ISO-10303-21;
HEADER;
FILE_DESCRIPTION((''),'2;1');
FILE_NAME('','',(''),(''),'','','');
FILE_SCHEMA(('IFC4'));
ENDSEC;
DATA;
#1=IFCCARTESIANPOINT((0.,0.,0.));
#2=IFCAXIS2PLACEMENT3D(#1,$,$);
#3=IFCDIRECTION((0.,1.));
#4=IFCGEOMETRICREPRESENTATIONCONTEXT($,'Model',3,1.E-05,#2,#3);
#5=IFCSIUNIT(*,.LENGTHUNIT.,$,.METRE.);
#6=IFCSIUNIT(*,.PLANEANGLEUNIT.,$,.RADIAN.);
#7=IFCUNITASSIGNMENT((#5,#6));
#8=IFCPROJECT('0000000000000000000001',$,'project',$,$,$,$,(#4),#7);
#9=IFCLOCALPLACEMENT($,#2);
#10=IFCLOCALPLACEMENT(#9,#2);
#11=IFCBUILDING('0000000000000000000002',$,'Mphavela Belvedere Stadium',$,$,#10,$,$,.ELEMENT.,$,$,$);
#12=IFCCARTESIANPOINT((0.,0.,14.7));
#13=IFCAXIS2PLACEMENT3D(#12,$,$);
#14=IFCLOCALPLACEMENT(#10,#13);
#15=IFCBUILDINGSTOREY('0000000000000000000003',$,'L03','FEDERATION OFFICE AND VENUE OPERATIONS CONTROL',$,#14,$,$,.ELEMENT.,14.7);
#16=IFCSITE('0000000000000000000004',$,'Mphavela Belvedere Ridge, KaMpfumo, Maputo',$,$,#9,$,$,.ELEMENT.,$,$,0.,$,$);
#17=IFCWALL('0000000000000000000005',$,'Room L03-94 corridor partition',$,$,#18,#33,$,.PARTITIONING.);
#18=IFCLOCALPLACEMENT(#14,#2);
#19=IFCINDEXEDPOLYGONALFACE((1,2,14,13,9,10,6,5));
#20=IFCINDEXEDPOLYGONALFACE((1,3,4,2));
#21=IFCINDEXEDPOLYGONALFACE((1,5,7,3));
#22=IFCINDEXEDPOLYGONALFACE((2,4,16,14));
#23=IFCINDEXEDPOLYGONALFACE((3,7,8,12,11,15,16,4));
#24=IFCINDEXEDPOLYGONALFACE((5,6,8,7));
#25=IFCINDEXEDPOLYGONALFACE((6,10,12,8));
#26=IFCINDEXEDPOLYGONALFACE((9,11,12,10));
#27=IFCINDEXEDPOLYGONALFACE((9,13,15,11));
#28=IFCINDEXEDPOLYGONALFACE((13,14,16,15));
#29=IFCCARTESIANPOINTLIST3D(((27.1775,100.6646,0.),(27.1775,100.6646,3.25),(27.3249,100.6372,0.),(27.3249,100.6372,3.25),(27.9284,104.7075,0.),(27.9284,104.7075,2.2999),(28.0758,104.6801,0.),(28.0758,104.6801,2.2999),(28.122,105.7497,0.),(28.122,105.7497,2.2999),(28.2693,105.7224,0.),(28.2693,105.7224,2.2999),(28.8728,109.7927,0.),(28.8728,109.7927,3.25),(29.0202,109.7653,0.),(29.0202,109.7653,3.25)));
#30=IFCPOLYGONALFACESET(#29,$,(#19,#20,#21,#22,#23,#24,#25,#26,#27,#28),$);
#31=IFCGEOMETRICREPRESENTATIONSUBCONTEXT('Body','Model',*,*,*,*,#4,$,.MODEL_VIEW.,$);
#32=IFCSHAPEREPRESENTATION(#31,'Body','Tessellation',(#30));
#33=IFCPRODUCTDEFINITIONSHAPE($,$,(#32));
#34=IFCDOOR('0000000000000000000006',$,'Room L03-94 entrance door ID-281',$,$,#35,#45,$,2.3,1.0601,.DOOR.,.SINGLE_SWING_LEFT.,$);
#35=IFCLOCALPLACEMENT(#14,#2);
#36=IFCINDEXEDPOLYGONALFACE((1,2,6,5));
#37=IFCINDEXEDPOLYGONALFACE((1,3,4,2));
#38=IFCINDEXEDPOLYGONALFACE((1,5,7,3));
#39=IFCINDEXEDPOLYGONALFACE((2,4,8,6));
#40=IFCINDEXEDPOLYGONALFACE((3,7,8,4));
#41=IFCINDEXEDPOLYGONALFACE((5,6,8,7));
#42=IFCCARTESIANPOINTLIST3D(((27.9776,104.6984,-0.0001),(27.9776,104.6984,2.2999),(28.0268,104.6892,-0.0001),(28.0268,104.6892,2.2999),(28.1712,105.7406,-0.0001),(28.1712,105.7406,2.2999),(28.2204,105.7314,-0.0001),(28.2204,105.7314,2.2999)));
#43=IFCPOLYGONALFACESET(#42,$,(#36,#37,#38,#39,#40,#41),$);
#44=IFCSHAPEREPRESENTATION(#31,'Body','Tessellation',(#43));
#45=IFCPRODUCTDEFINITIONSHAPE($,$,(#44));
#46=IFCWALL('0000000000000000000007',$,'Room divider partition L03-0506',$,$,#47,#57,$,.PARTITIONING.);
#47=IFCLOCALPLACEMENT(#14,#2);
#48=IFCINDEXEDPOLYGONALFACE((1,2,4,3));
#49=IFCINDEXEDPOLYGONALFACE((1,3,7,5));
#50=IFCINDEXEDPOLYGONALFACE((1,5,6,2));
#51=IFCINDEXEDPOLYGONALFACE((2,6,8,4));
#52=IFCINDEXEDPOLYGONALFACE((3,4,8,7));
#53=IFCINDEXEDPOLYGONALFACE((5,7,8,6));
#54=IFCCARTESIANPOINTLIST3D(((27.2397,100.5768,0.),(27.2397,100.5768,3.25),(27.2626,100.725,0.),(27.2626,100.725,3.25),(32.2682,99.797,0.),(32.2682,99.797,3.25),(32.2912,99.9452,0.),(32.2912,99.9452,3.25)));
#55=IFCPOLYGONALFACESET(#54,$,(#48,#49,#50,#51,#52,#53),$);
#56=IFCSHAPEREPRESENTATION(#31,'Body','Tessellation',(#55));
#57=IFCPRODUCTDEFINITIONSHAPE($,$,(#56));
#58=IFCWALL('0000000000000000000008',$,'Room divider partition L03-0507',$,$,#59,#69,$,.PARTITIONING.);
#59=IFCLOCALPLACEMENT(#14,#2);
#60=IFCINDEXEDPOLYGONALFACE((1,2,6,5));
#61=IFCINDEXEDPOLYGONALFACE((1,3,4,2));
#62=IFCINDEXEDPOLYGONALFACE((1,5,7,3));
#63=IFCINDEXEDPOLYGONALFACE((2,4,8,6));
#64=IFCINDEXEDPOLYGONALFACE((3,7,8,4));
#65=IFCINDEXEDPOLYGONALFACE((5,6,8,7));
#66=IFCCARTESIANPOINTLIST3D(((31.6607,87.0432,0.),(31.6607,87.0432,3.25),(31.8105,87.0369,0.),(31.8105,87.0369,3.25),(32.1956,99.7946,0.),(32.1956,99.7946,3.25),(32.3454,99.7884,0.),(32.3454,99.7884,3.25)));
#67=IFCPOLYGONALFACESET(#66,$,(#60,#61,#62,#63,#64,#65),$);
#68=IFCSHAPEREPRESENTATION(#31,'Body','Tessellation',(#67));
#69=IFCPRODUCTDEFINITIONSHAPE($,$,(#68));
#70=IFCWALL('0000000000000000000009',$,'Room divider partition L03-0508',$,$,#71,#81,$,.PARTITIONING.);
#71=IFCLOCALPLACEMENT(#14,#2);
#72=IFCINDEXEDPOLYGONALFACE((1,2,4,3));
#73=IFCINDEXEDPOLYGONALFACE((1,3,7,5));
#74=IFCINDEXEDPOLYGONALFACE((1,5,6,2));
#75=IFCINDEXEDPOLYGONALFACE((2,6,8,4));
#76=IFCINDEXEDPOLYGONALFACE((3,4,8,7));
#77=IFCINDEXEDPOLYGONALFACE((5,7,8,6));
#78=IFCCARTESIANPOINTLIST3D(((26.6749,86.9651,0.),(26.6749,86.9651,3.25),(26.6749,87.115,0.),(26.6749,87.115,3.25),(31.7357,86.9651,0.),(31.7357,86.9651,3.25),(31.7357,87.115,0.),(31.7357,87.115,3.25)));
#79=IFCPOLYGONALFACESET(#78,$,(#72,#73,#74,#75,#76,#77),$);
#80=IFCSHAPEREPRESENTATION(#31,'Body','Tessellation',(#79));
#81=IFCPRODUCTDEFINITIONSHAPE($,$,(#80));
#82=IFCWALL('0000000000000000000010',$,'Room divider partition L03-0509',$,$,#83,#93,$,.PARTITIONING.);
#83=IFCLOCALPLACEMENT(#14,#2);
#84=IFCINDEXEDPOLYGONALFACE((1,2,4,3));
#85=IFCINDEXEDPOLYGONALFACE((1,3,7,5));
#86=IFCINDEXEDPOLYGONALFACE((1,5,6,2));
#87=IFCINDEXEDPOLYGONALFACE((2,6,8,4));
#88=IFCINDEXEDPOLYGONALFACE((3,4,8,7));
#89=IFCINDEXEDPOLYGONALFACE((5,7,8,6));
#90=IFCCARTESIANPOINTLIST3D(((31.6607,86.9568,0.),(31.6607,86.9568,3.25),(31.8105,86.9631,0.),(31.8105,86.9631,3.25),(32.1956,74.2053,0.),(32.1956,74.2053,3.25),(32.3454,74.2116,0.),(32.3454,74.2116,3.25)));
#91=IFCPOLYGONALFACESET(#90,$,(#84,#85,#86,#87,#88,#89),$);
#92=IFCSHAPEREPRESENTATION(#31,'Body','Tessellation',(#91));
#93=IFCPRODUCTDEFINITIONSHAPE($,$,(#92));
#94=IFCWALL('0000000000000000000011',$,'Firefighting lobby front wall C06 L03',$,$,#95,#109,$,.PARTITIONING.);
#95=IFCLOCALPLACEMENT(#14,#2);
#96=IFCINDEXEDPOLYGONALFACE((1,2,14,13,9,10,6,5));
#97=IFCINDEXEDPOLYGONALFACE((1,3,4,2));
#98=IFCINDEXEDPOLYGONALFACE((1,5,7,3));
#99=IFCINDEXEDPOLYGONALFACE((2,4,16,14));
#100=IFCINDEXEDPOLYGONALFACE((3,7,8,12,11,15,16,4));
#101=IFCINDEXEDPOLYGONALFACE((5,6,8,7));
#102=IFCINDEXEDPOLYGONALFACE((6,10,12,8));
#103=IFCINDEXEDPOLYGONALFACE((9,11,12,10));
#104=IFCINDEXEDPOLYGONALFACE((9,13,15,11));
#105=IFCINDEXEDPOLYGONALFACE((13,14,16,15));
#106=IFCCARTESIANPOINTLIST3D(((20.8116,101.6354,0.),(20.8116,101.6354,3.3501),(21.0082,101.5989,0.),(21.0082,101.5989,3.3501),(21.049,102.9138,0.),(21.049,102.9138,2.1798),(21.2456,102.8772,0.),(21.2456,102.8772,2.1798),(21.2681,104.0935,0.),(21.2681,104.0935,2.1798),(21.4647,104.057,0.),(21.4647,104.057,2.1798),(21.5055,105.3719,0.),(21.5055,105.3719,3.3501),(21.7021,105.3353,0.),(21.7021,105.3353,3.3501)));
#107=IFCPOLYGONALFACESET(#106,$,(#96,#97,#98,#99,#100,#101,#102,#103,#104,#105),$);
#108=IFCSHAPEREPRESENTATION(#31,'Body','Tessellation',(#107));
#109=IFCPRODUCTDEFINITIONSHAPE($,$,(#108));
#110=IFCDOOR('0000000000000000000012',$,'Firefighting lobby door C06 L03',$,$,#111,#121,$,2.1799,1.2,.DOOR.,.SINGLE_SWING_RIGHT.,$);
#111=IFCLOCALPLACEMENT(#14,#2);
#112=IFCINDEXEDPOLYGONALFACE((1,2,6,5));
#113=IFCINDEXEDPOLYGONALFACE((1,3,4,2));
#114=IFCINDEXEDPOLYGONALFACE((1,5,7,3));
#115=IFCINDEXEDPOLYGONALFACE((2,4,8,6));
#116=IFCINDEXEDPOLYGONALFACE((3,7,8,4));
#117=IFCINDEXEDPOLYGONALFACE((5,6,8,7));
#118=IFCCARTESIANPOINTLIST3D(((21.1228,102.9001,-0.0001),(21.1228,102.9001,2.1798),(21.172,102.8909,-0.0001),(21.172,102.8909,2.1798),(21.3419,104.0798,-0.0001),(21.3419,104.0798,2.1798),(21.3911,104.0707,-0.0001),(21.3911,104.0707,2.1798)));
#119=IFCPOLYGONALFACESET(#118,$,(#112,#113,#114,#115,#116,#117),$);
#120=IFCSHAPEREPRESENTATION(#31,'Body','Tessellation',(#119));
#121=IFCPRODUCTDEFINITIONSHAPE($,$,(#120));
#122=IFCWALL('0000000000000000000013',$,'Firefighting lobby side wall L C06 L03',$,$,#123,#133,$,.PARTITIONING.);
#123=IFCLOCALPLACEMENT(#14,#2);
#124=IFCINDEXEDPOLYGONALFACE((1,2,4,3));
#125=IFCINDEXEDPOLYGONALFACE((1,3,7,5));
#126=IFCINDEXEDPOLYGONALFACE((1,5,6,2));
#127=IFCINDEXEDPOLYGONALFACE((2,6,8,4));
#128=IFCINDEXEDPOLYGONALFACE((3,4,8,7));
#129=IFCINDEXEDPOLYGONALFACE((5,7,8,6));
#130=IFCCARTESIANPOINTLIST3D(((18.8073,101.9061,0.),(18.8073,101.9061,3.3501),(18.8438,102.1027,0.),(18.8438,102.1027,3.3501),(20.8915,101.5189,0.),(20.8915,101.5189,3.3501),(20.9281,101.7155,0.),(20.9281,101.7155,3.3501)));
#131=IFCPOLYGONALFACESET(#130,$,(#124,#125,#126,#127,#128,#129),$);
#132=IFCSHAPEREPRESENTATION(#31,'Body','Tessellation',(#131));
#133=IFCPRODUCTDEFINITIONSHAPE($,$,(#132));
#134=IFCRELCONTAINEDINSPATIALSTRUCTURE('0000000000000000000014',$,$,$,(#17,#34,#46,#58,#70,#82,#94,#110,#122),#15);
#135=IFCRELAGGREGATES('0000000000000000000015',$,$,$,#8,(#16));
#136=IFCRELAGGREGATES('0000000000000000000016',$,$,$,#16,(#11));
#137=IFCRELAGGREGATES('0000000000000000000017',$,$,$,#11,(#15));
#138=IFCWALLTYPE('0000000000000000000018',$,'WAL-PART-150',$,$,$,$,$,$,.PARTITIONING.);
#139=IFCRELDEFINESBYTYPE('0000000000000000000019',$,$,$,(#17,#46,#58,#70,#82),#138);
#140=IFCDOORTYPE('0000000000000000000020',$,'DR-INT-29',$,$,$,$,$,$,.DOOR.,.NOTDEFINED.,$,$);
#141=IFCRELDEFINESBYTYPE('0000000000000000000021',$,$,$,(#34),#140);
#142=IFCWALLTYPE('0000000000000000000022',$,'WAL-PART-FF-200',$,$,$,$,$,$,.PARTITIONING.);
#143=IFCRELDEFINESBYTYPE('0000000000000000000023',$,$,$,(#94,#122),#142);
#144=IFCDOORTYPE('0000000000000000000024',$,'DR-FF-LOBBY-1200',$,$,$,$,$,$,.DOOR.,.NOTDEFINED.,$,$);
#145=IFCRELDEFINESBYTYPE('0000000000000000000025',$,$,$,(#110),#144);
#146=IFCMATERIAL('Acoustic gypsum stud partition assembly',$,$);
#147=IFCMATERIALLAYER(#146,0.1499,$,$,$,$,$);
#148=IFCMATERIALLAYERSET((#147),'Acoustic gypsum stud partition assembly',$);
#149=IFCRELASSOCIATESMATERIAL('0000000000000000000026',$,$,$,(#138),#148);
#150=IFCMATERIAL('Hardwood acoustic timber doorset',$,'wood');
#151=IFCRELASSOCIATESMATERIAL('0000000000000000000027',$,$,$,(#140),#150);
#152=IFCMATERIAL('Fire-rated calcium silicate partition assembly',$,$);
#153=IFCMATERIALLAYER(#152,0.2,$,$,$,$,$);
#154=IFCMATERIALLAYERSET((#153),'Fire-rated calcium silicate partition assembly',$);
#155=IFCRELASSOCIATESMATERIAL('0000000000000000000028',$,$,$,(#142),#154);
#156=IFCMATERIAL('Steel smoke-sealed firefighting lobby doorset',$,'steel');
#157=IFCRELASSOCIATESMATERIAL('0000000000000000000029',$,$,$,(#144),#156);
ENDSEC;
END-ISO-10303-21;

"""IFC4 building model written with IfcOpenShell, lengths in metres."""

from ifc_helpers import new_model, si_unit, direction, frame, frame_2d, origin, place, context, subcontext, project, spatial, rectangle, extrude, material, layer, layer_set, type_object, element, fill, save


model = new_model("IFC4")

# Units and contexts
model_context = context("Model", 3, precision=1e-05, world=origin(), true_north=direction((0.0, 1.0)))
body_context = subcontext(model_context, "Body", "Model", "MODEL_VIEW")
ifc_project = project(units=[si_unit("LENGTHUNIT", "METRE"), si_unit("PLANEANGLEUNIT", "RADIAN")], contexts=[model_context])

# Site, building, storey
site_placement = place(None, origin())
site = spatial("IfcSite", under=ifc_project, at=site_placement, Name="Mphavela Belvedere Ridge, KaMpfumo, Maputo", CompositionType="ELEMENT", RefElevation=0.0)
building_placement = place(site_placement, origin())
building = spatial("IfcBuilding", under=site, at=building_placement, Name="Mphavela Belvedere Stadium", CompositionType="ELEMENT")
storey_placement = place(building_placement, frame((0.0, 0.0, 14.7)))
storey = spatial("IfcBuildingStorey", under=building, at=storey_placement, Name="L03", Description="FEDERATION OFFICE AND VENUE OPERATIONS CONTROL", CompositionType="ELEMENT", Elevation=14.7)

# Wall, opening, door
ifc_material_1 = material(Name="Acoustic gypsum stud partition assembly")
ifc_layer_1 = layer(ifc_material_1, 0.1499)
ifc_layer_set_1 = layer_set([ifc_layer_1], Name="Acoustic gypsum stud partition assembly")
wall_type_1 = type_object("IfcWallType", Name="WAL-PART-150", PredefinedType="PARTITIONING", material=ifc_layer_set_1)
wall_1_placement = place(storey_placement, frame((27.2512, 100.6509, 0.0), z_axis=(0.0, 0.0, 1.0), x_axis=(0.182601, 0.983187, 0.0)))
wall_1 = element("IfcWall", 1, at=wall_1_placement, inside=storey, type_object=wall_type_1, Name="Room L03-94 corridor partition", PredefinedType="PARTITIONING", context=body_context, shape_type="SweptSolid", body=[
    extrude(rectangle(XDim=9.2842, YDim=0.1499, at=frame_2d((4.6421, 0.0))), origin(), (0.0, 0.0, 1.0), 3.25),
])
opening_1_placement = place(wall_1_placement, frame((4.1121, 0.0, 0.0)))
opening_1 = element("IfcOpeningElement", 2, at=opening_1_placement, cuts=wall_1, PredefinedType="OPENING", context=body_context, shape_type="SweptSolid", body=[
    extrude(rectangle(XDim=1.0601, YDim=2.3, at=frame_2d((0.53, 1.1499))), frame((0.0, 0.085, 0.0), z_axis=(0.0, -1.0, 0.0), x_axis=(1.0, 0.0, 0.0)), (0.0, 0.0, 1.0), 0.1699),
])
ifc_material_2 = material(Name="Hardwood acoustic timber doorset", Category="wood")
door_type_1 = type_object("IfcDoorType", Name="DR-INT-29", OperationType="NOTDEFINED", PredefinedType="DOOR", material=ifc_material_2)
door_1_placement = place(opening_1_placement, origin())
door_1 = element("IfcDoor", 3, at=door_1_placement, inside=storey, type_object=door_type_1, Name="Room L03-94 entrance door ID-281", OperationType="SINGLE_SWING_LEFT", OverallHeight=2.3, OverallWidth=1.0601, PredefinedType="DOOR", context=body_context, shape_type="SweptSolid", body=[
    extrude(rectangle(XDim=1.0601, YDim=2.3, at=frame_2d((0.53, 1.1499))), frame((0.0, 0.0249, 0.0), z_axis=(0.0, -1.0, 0.0), x_axis=(1.0, 0.0, 0.0)), (0.0, 0.0, 1.0), 0.05),
])
fill(opening_1, door_1)

# Walls
wall_2_placement = place(storey_placement, frame((32.2798, 99.8711, 0.0), z_axis=(0.0, 0.0, 1.0), x_axis=(-0.988189, 0.15324, 0.0)))
element("IfcWall", 4, at=wall_2_placement, inside=storey, type_object=wall_type_1, Name="Room divider partition L03-0506", PredefinedType="PARTITIONING", context=body_context, shape_type="SweptSolid", body=[
    extrude(rectangle(XDim=5.0886, YDim=0.1499, at=frame_2d((2.5444, 0.0))), origin(), (0.0, 0.0, 1.0), 3.25),
])
wall_3_placement = place(storey_placement, frame((32.2705, 99.7915, 0.0), z_axis=(0.0, 0.0, 1.0), x_axis=(-0.041912, -0.999121, 0.0)))
element("IfcWall", 5, at=wall_3_placement, inside=storey, type_object=wall_type_1, Name="Room divider partition L03-0507", PredefinedType="PARTITIONING", context=body_context, shape_type="SweptSolid", body=[
    extrude(rectangle(XDim=12.7627, YDim=0.1499, at=frame_2d((6.3813, 0.0))), origin(), (0.0, 0.0, 1.0), 3.25),
])
wall_4_placement = place(storey_placement, frame((31.7356, 87.04, 0.0), z_axis=(0.0, 0.0, 1.0), x_axis=(-1.0, 0.0, 0.0)))
element("IfcWall", 6, at=wall_4_placement, inside=storey, type_object=wall_type_1, Name="Room divider partition L03-0508", PredefinedType="PARTITIONING", context=body_context, shape_type="SweptSolid", body=[
    extrude(rectangle(XDim=5.0608, YDim=0.1499, at=frame_2d((2.5303, 0.0))), origin(), (0.0, 0.0, 1.0), 3.25),
])
wall_5_placement = place(storey_placement, frame((31.7356, 86.96, 0.0), z_axis=(0.0, 0.0, 1.0), x_axis=(0.041912, -0.999121, 0.0)))
element("IfcWall", 7, at=wall_5_placement, inside=storey, type_object=wall_type_1, Name="Room divider partition L03-0509", PredefinedType="PARTITIONING", context=body_context, shape_type="SweptSolid", body=[
    extrude(rectangle(XDim=12.7627, YDim=0.1499, at=frame_2d((6.3813, 0.0))), origin(), (0.0, 0.0, 1.0), 3.25),
])

# Wall, opening, door
ifc_material_3 = material(Name="Fire-rated calcium silicate partition assembly")
ifc_layer_2 = layer(ifc_material_3, 0.2)
ifc_layer_set_2 = layer_set([ifc_layer_2], Name="Fire-rated calcium silicate partition assembly")
wall_type_2 = type_object("IfcWallType", Name="WAL-PART-FF-200", PredefinedType="PARTITIONING", material=ifc_layer_set_2)
wall_6_placement = place(storey_placement, frame((20.9099, 101.6172, 0.0), z_axis=(0.0, 0.0, 1.0), x_axis=(0.182582, 0.983191, 0.0)))
wall_6 = element("IfcWall", 8, at=wall_6_placement, inside=storey, type_object=wall_type_2, Name="Firefighting lobby front wall C06 L03", PredefinedType="PARTITIONING", context=body_context, shape_type="SweptSolid", body=[
    extrude(rectangle(XDim=3.8003, YDim=0.2, at=frame_2d((1.9001, 0.0))), origin(), (0.0, 0.0, 1.0), 3.3501),
])
opening_2_placement = place(wall_6_placement, frame((1.3, 0.0, 0.0)))
opening_2 = element("IfcOpeningElement", 9, at=opening_2_placement, cuts=wall_6, PredefinedType="OPENING", context=body_context, shape_type="SweptSolid", body=[
    extrude(rectangle(XDim=1.2, YDim=2.1799, at=frame_2d((0.6001, 1.0898))), frame((0.0, 0.1099, 0.0), z_axis=(0.0, -1.0, 0.0), x_axis=(1.0, 0.0, 0.0)), (0.0, 0.0, 1.0), 0.22),
])
ifc_material_4 = material(Name="Steel smoke-sealed firefighting lobby doorset", Category="steel")
door_type_2 = type_object("IfcDoorType", Name="DR-FF-LOBBY-1200", OperationType="NOTDEFINED", PredefinedType="DOOR", material=ifc_material_4)
door_2_placement = place(opening_2_placement, origin())
door_2 = element("IfcDoor", 10, at=door_2_placement, inside=storey, type_object=door_type_2, Name="Firefighting lobby door C06 L03", OperationType="SINGLE_SWING_RIGHT", OverallHeight=2.1799, OverallWidth=1.2, PredefinedType="DOOR", context=body_context, shape_type="SweptSolid", body=[
    extrude(rectangle(XDim=1.2, YDim=2.1799, at=frame_2d((0.6001, 1.0898))), frame((0.0, 0.0249, 0.0), z_axis=(0.0, -1.0, 0.0), x_axis=(1.0, 0.0, 0.0)), (0.0, 0.0, 1.0), 0.05),
])
fill(opening_2, door_2)

# Wall
wall_7_placement = place(storey_placement, frame((20.9099, 101.6172, 0.0), z_axis=(0.0, 0.0, 1.0), x_axis=(-0.983177, 0.182654, 0.0)))
element("IfcWall", 11, at=wall_7_placement, inside=storey, type_object=wall_type_2, Name="Firefighting lobby side wall L C06 L03", PredefinedType="PARTITIONING", context=body_context, shape_type="SweptSolid", body=[
    extrude(rectangle(XDim=2.1199, YDim=0.2, at=frame_2d((1.0601, 0.0))), origin(), (0.0, 0.0, 1.0), 3.3501),
])

save(model, "model.ifc")
